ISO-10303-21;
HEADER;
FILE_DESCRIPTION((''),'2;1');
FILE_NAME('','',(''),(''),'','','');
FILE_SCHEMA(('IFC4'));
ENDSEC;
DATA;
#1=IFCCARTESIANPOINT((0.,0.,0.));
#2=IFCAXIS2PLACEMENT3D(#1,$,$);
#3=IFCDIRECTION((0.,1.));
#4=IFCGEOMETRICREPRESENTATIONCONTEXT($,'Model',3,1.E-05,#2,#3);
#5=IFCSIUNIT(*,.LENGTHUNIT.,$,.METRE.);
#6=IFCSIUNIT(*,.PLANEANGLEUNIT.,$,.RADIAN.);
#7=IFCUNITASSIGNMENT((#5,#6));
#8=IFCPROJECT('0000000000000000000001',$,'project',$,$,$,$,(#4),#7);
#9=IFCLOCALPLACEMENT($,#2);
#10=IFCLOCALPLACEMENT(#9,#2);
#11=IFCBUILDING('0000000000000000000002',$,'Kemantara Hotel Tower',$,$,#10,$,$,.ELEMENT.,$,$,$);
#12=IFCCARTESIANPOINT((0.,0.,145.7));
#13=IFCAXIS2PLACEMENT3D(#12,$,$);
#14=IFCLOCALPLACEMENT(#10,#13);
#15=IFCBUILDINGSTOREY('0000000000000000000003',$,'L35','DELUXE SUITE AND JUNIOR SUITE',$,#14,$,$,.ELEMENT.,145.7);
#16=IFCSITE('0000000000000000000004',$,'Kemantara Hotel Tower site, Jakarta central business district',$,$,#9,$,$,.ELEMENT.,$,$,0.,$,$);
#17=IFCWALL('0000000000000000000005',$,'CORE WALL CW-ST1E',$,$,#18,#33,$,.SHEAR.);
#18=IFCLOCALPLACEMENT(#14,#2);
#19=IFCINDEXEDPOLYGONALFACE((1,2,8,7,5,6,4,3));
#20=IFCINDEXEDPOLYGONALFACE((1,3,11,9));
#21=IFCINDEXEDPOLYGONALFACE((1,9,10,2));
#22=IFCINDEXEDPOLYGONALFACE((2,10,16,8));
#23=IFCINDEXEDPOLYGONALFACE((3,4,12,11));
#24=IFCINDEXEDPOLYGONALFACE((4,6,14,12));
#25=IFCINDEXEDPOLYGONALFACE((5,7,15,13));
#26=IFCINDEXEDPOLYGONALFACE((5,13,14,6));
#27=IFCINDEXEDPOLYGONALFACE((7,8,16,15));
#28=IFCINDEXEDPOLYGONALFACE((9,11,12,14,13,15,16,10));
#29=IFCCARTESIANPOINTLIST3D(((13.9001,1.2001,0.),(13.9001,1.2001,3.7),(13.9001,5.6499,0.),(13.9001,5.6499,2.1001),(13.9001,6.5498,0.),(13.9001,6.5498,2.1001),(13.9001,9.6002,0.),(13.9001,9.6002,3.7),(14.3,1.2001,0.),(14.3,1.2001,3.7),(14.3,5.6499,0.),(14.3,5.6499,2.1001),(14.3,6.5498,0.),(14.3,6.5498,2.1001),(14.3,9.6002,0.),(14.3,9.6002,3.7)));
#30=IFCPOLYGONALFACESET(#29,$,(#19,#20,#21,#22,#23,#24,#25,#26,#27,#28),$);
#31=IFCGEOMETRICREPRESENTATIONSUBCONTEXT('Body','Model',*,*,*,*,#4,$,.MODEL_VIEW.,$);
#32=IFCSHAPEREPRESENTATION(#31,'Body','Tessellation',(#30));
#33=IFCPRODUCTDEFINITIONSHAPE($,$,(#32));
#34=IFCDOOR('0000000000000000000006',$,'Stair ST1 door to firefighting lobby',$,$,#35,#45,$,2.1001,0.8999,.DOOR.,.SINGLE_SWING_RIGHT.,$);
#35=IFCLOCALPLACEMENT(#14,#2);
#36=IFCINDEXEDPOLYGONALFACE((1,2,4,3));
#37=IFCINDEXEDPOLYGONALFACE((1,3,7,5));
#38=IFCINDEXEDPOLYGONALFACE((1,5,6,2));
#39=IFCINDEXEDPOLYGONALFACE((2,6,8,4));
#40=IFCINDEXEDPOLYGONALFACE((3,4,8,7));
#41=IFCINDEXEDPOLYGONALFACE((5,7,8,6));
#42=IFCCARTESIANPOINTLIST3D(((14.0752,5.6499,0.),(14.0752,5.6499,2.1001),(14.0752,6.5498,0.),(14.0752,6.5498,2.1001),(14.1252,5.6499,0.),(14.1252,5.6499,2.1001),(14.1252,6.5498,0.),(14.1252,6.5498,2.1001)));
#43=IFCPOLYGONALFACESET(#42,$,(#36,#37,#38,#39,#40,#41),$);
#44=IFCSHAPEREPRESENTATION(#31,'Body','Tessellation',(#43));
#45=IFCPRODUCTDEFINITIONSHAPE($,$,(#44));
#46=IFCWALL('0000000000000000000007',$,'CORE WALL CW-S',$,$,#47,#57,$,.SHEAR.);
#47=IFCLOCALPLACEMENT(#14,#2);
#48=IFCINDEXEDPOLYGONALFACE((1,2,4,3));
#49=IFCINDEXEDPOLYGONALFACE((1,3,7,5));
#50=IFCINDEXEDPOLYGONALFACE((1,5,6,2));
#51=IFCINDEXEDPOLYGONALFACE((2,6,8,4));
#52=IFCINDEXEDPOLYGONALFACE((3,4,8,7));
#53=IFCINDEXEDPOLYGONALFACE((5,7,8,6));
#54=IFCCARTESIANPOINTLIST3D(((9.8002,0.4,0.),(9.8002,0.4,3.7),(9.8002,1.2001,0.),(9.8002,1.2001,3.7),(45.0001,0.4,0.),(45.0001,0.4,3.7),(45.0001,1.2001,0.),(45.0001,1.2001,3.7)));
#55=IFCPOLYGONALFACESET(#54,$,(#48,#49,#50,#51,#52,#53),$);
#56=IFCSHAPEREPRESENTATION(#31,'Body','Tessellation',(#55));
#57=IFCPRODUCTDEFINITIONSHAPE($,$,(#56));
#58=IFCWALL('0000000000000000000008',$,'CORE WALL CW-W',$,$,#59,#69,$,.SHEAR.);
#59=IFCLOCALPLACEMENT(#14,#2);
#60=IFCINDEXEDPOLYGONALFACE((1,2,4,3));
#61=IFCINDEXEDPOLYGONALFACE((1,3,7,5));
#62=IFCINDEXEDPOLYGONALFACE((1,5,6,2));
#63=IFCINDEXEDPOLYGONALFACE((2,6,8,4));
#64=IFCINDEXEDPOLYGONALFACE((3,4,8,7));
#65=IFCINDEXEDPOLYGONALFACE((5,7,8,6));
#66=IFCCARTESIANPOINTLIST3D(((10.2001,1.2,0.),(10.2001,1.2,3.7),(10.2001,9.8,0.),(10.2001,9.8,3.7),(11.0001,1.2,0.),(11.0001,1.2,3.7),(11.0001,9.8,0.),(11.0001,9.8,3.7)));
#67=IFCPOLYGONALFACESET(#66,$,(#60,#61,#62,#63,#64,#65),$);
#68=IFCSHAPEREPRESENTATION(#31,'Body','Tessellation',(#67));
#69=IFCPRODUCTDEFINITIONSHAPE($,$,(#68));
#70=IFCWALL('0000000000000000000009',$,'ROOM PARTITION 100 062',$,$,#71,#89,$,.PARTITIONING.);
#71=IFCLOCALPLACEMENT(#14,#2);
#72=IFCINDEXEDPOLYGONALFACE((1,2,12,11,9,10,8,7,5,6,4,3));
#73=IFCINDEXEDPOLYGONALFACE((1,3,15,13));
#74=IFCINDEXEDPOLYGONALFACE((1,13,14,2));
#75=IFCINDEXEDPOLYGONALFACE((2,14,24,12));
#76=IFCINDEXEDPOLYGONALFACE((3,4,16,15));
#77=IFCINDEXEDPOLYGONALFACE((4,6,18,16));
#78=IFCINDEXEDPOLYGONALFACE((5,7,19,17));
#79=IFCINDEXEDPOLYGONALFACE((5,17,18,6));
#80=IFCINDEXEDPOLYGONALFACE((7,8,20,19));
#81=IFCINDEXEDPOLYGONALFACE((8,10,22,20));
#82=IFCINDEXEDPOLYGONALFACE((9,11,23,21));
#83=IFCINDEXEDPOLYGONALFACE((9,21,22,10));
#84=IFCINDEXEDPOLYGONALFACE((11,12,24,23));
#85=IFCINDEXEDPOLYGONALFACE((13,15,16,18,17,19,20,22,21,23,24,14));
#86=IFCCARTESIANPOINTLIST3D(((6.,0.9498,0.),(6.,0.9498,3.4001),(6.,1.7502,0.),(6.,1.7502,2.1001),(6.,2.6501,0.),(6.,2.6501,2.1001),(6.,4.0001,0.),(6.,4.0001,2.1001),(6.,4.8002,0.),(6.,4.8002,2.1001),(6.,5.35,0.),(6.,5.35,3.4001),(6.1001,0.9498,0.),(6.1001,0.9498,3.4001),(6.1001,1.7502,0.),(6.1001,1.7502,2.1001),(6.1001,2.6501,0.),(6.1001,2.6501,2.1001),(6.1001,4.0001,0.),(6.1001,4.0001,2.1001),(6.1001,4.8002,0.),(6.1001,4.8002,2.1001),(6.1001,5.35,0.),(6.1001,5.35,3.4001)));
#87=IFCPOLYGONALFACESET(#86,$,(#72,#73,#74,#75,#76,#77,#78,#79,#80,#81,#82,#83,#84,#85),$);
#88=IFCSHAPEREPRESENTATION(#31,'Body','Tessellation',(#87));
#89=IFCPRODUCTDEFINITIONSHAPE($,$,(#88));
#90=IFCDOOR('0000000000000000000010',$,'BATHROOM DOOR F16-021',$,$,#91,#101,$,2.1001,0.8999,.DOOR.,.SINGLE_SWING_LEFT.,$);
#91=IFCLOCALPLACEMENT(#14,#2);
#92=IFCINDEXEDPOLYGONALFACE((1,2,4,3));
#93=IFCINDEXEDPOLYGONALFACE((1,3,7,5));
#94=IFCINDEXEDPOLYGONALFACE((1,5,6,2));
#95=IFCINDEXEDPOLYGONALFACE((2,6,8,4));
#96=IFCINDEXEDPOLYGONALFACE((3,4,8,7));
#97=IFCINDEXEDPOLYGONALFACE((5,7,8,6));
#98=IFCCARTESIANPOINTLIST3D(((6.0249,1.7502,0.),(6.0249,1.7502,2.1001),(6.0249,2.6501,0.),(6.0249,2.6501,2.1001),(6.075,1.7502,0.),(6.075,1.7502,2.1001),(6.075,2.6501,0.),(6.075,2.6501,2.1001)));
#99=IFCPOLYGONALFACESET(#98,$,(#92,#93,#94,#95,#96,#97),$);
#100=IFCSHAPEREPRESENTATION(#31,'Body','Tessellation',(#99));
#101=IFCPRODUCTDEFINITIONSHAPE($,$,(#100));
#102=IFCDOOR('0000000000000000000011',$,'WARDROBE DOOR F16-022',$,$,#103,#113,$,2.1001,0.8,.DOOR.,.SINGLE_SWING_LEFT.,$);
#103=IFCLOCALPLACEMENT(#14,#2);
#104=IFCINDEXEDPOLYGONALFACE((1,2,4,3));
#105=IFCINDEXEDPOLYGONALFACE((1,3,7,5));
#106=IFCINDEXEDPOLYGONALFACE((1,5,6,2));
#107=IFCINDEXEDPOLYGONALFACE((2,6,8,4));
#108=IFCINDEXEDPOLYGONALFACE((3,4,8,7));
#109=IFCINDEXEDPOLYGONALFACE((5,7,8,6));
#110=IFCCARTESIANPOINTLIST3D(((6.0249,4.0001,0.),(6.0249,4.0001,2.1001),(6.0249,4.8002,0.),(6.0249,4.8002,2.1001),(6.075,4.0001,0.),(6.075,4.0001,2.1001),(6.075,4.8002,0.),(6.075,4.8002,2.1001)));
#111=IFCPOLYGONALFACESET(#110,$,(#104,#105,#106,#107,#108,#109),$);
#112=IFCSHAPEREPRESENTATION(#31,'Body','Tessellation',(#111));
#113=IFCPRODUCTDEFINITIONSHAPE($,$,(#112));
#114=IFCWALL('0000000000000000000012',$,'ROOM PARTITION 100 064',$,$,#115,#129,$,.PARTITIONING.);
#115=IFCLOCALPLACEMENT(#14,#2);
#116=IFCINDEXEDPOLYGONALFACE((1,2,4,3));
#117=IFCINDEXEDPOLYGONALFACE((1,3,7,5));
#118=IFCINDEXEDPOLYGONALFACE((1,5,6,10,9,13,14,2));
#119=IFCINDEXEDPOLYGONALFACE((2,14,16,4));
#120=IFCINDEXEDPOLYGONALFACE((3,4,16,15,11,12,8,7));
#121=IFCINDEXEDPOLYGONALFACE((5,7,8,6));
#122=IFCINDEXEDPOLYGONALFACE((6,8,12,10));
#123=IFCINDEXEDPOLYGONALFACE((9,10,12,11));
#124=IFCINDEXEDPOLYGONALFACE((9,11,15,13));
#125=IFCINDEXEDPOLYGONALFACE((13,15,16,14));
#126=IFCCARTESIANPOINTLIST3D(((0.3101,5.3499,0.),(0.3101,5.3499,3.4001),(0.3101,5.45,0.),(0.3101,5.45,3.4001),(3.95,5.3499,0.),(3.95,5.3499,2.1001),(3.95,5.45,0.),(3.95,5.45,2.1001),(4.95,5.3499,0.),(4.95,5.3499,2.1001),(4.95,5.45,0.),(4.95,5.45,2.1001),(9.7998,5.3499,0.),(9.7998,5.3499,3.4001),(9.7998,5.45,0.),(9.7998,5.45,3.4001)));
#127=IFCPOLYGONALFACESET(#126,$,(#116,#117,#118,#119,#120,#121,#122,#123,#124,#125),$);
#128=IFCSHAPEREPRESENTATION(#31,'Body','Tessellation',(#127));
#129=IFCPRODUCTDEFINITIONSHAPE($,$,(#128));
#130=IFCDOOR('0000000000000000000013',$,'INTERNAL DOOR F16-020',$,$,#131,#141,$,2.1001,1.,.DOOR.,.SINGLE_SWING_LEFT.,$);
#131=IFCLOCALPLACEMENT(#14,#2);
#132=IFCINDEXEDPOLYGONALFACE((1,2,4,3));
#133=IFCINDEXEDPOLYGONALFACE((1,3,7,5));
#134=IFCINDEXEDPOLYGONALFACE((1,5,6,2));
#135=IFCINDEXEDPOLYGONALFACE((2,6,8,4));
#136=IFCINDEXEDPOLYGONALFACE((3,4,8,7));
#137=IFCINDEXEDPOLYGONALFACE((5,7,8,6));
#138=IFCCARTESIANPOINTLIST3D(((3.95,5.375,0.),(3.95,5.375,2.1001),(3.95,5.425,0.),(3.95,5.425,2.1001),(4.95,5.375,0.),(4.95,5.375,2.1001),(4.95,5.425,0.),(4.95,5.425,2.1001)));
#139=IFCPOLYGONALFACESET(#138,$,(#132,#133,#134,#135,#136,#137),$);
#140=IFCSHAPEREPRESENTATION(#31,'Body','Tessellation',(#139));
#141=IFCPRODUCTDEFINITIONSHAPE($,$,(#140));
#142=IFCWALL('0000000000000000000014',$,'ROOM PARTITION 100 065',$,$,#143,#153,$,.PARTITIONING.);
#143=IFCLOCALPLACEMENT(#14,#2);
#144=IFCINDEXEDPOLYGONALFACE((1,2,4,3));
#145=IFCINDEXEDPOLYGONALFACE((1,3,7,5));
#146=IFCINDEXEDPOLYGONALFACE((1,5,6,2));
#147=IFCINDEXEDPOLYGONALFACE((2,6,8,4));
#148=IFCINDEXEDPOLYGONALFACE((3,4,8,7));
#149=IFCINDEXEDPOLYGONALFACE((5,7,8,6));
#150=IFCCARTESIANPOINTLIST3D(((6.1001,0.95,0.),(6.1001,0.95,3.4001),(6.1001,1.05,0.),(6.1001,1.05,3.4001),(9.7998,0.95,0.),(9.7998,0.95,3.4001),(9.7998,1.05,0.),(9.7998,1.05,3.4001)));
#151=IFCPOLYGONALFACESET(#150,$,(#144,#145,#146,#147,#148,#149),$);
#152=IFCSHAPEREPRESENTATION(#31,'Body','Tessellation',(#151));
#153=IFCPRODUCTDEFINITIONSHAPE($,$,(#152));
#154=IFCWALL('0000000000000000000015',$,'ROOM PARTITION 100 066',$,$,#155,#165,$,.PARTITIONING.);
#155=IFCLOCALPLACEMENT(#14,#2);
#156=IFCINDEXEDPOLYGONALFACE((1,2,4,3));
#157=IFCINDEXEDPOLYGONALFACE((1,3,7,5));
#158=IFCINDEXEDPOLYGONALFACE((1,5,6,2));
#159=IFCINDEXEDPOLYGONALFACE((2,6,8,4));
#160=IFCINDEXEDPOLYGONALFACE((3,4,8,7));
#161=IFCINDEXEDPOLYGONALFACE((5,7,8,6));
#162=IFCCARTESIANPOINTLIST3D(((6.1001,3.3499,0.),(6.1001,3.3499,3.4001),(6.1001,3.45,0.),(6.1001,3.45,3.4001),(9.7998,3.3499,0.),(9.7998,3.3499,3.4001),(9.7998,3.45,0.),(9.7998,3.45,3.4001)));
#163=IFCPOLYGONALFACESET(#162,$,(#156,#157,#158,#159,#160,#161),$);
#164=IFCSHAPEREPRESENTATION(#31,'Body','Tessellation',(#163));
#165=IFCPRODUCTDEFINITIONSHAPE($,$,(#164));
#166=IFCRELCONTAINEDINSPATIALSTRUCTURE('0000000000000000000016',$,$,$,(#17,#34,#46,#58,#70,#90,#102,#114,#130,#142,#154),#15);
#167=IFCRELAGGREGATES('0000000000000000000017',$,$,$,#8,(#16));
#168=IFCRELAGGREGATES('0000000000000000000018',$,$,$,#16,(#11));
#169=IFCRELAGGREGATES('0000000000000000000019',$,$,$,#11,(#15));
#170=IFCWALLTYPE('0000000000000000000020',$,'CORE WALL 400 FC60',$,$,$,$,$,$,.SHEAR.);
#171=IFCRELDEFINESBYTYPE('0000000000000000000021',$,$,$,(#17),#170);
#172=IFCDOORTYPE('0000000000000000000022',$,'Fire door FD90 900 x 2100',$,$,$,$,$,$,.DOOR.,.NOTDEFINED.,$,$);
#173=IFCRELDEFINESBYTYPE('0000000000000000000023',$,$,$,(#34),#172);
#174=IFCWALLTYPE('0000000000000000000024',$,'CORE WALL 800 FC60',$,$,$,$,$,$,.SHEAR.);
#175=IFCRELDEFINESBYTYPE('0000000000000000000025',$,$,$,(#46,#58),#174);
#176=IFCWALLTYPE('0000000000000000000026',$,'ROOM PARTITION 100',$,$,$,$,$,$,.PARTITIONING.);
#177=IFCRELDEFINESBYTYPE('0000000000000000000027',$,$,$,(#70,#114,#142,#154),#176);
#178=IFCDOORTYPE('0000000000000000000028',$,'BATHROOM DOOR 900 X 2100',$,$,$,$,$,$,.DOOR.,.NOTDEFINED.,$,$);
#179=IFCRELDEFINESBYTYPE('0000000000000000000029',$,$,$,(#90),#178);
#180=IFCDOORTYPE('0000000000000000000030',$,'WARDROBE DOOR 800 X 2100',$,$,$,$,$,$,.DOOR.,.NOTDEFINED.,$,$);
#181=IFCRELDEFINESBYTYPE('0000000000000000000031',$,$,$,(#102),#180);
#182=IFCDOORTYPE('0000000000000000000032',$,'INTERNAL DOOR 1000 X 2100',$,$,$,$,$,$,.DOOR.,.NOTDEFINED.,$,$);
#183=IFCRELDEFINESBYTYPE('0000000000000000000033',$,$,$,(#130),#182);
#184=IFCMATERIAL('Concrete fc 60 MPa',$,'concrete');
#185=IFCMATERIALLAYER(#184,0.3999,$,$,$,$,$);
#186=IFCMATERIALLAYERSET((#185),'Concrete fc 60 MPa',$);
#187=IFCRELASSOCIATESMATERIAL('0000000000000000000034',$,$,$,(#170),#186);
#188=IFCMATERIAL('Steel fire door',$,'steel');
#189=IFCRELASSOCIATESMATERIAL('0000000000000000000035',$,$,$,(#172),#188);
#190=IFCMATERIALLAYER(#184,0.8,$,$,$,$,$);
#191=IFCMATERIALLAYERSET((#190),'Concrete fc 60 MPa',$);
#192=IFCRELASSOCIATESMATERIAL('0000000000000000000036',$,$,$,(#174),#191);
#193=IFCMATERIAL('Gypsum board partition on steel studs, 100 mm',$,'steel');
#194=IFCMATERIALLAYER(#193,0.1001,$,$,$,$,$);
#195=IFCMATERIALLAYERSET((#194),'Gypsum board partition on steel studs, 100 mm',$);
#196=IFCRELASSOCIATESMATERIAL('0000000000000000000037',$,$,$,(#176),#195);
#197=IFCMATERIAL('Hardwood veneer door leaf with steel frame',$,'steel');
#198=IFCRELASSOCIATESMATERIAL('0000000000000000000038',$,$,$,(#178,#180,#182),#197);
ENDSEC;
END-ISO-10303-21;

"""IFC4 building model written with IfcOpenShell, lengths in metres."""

from ifc_helpers import new_model, si_unit, direction, frame, frame_2d, origin, place, context, subcontext, project, spatial, rectangle, extrude, material, layer, layer_set, type_object, element, fill, save


model = new_model("IFC4")

# Units and contexts
model_context = context("Model", 3, precision=1e-05, world=origin(), true_north=direction((0.0, 1.0)))
body_context = subcontext(model_context, "Body", "Model", "MODEL_VIEW")
ifc_project = project(units=[si_unit("LENGTHUNIT", "METRE"), si_unit("PLANEANGLEUNIT", "RADIAN")], contexts=[model_context])

# Site, building, storey
site_placement = place(None, origin())
site = spatial("IfcSite", under=ifc_project, at=site_placement, Name="Kemantara Hotel Tower site, Jakarta central business district", CompositionType="ELEMENT", RefElevation=0.0)
building_placement = place(site_placement, origin())
building = spatial("IfcBuilding", under=site, at=building_placement, Name="Kemantara Hotel Tower", CompositionType="ELEMENT")
storey_placement = place(building_placement, frame((0.0, 0.0, 145.7)))
storey = spatial("IfcBuildingStorey", under=building, at=storey_placement, Name="L35", Description="DELUXE SUITE AND JUNIOR SUITE", CompositionType="ELEMENT", Elevation=145.7)

# Shared definitions
ifc_material_1 = material(Name="Concrete fc 60 MPa", Category="concrete")
ifc_layer_1 = layer(ifc_material_1, 0.3999)
ifc_layer_set_1 = layer_set([ifc_layer_1], Name="Concrete fc 60 MPa")
wall_type_1 = type_object("IfcWallType", Name="CORE WALL 400 FC60", PredefinedType="SHEAR", material=ifc_layer_set_1)
ifc_material_2 = material(Name="Steel fire door", Category="steel")

# Wall, opening, door
wall_1_placement = place(storey_placement, frame((14.1001, 1.2, 0.0), z_axis=(0.0, 0.0, 1.0), x_axis=(0.0, 1.0, 0.0)))
wall_1 = element("IfcWall", 1, at=wall_1_placement, inside=storey, type_object=wall_type_1, Name="CORE WALL CW-ST1E", PredefinedType="SHEAR", context=body_context, shape_type="SweptSolid", body=[
    extrude(rectangle(XDim=8.4001, YDim=0.3999, at=frame_2d((4.2002, 0.0))), origin(), (0.0, 0.0, 1.0), 3.7),
])
opening_1_placement = place(wall_1_placement, frame((4.45, 0.0, 0.0)))
opening_1 = element("IfcOpeningElement", 2, at=opening_1_placement, cuts=wall_1, PredefinedType="OPENING", context=body_context, shape_type="SweptSolid", body=[
    extrude(rectangle(XDim=0.8999, YDim=2.1001, at=frame_2d((0.45, 1.05))), frame((0.0, 0.21, 0.0), z_axis=(0.0, -1.0, 0.0), x_axis=(1.0, 0.0, 0.0)), (0.0, 0.0, 1.0), 0.4199),
])
door_type_1 = type_object("IfcDoorType", Name="Fire door FD90 900 x 2100", OperationType="NOTDEFINED", PredefinedType="DOOR", material=ifc_material_2)
door_1_placement = place(opening_1_placement, origin())
door_1 = element("IfcDoor", 3, at=door_1_placement, inside=storey, type_object=door_type_1, Name="Stair ST1 door to firefighting lobby", OperationType="SINGLE_SWING_RIGHT", OverallHeight=2.1001, OverallWidth=0.8999, PredefinedType="DOOR", context=body_context, shape_type="SweptSolid", body=[
    extrude(rectangle(XDim=0.8999, YDim=2.1001, at=frame_2d((0.45, 1.05))), frame((0.0, 0.0249, 0.0), z_axis=(0.0, -1.0, 0.0), x_axis=(1.0, 0.0, 0.0)), (0.0, 0.0, 1.0), 0.05),
])
fill(opening_1, door_1)

# Walls
ifc_layer_2 = layer(ifc_material_1, 0.8)
ifc_layer_set_2 = layer_set([ifc_layer_2], Name="Concrete fc 60 MPa")
wall_type_2 = type_object("IfcWallType", Name="CORE WALL 800 FC60", PredefinedType="SHEAR", material=ifc_layer_set_2)
wall_2_placement = place(storey_placement, frame((9.8, 0.8, 0.0), z_axis=(0.0, 0.0, 1.0), x_axis=(1.0, 0.0, 0.0)))
element("IfcWall", 4, at=wall_2_placement, inside=storey, type_object=wall_type_2, Name="CORE WALL CW-S", PredefinedType="SHEAR", context=body_context, shape_type="SweptSolid", body=[
    extrude(rectangle(XDim=35.2, YDim=0.8, at=frame_2d((17.6001, 0.0))), origin(), (0.0, 0.0, 1.0), 3.7),
])
wall_3_placement = place(storey_placement, frame((10.6001, 1.2, 0.0), z_axis=(0.0, 0.0, 1.0), x_axis=(0.0, 1.0, 0.0)))
element("IfcWall", 5, at=wall_3_placement, inside=storey, type_object=wall_type_2, Name="CORE WALL CW-W", PredefinedType="SHEAR", context=body_context, shape_type="SweptSolid", body=[
    extrude(rectangle(XDim=8.6001, YDim=0.8, at=frame_2d((4.3, 0.0))), origin(), (0.0, 0.0, 1.0), 3.7),
])

# Wall, openings, doors
ifc_material_3 = material(Name="Gypsum board partition on steel studs, 100 mm", Category="steel")
ifc_layer_3 = layer(ifc_material_3, 0.1001)
ifc_layer_set_3 = layer_set([ifc_layer_3], Name="Gypsum board partition on steel studs, 100 mm")
wall_type_3 = type_object("IfcWallType", Name="ROOM PARTITION 100", PredefinedType="PARTITIONING", material=ifc_layer_set_3)
wall_4_placement = place(storey_placement, frame((6.05, 5.3501, 0.0), z_axis=(0.0, 0.0, 1.0), x_axis=(0.0, -1.0, 0.0)))
wall_4 = element("IfcWall", 6, at=wall_4_placement, inside=storey, type_object=wall_type_3, Name="ROOM PARTITION 100 062", PredefinedType="PARTITIONING", context=body_context, shape_type="SweptSolid", body=[
    extrude(rectangle(XDim=4.4001, YDim=0.1001, at=frame_2d((2.2002, 0.0))), origin(), (0.0, 0.0, 1.0), 3.4001),
])
opening_2_placement = place(wall_4_placement, frame((2.7, 0.0, 0.0)))
opening_2 = element("IfcOpeningElement", 7, at=opening_2_placement, cuts=wall_4, PredefinedType="OPENING", context=body_context, shape_type="SweptSolid", body=[
    extrude(rectangle(XDim=0.8999, YDim=2.1001, at=frame_2d((0.45, 1.05))), frame((0.0, 0.0601, 0.0), z_axis=(0.0, -1.0, 0.0), x_axis=(1.0, 0.0, 0.0)), (0.0, 0.0, 1.0), 0.1201),
])
opening_3_placement = place(wall_4_placement, frame((0.55, 0.0, 0.0)))
opening_3 = element("IfcOpeningElement", 8, at=opening_3_placement, cuts=wall_4, PredefinedType="OPENING", context=body_context, shape_type="SweptSolid", body=[
    extrude(rectangle(XDim=0.8, YDim=2.1001, at=frame_2d((0.3999, 1.05))), frame((0.0, 0.0601, 0.0), z_axis=(0.0, -1.0, 0.0), x_axis=(1.0, 0.0, 0.0)), (0.0, 0.0, 1.0), 0.1201),
])
ifc_material_4 = material(Name="Hardwood veneer door leaf with steel frame", Category="steel")
door_type_2 = type_object("IfcDoorType", Name="BATHROOM DOOR 900 X 2100", OperationType="NOTDEFINED", PredefinedType="DOOR", material=ifc_material_4)
door_2_placement = place(opening_2_placement, origin())
door_2 = element("IfcDoor", 9, at=door_2_placement, inside=storey, type_object=door_type_2, Name="BATHROOM DOOR F16-021", OperationType="SINGLE_SWING_LEFT", OverallHeight=2.1001, OverallWidth=0.8999, PredefinedType="DOOR", context=body_context, shape_type="SweptSolid", body=[
    extrude(rectangle(XDim=0.8999, YDim=2.1001, at=frame_2d((0.45, 1.05))), frame((0.0, 0.0249, 0.0), z_axis=(0.0, -1.0, 0.0), x_axis=(1.0, 0.0, 0.0)), (0.0, 0.0, 1.0), 0.05),
])
fill(opening_2, door_2)
door_type_3 = type_object("IfcDoorType", Name="WARDROBE DOOR 800 X 2100", OperationType="NOTDEFINED", PredefinedType="DOOR", material=ifc_material_4)
door_3_placement = place(opening_3_placement, origin())
door_3 = element("IfcDoor", 10, at=door_3_placement, inside=storey, type_object=door_type_3, Name="WARDROBE DOOR F16-022", OperationType="SINGLE_SWING_LEFT", OverallHeight=2.1001, OverallWidth=0.8, PredefinedType="DOOR", context=body_context, shape_type="SweptSolid", body=[
    extrude(rectangle(XDim=0.8, YDim=2.1001, at=frame_2d((0.3999, 1.05))), frame((0.0, 0.0249, 0.0), z_axis=(0.0, -1.0, 0.0), x_axis=(1.0, 0.0, 0.0)), (0.0, 0.0, 1.0), 0.05),
])
fill(opening_3, door_3)

# Wall, opening, door
wall_5_placement = place(storey_placement, frame((9.7998, 5.3999, 0.0), z_axis=(0.0, 0.0, 1.0), x_axis=(-1.0, 0.0, 0.0)))
wall_5 = element("IfcWall", 11, at=wall_5_placement, inside=storey, type_object=wall_type_3, Name="ROOM PARTITION 100 064", PredefinedType="PARTITIONING", context=body_context, shape_type="SweptSolid", body=[
    extrude(rectangle(XDim=9.4897, YDim=0.1001, at=frame_2d((4.7449, 0.0))), origin(), (0.0, 0.0, 1.0), 3.4001),
])
opening_4_placement = place(wall_5_placement, frame((4.8499, 0.0, 0.0)))
opening_4 = element("IfcOpeningElement", 12, at=opening_4_placement, cuts=wall_5, PredefinedType="OPENING", context=body_context, shape_type="SweptSolid", body=[
    extrude(rectangle(XDim=1.0, YDim=2.1001, at=frame_2d((0.5, 1.05))), frame((0.0, 0.0601, 0.0), z_axis=(0.0, -1.0, 0.0), x_axis=(1.0, 0.0, 0.0)), (0.0, 0.0, 1.0), 0.1201),
])
door_type_4 = type_object("IfcDoorType", Name="INTERNAL DOOR 1000 X 2100", OperationType="NOTDEFINED", PredefinedType="DOOR", material=ifc_material_4)
door_4_placement = place(opening_4_placement, origin())
door_4 = element("IfcDoor", 13, at=door_4_placement, inside=storey, type_object=door_type_4, Name="INTERNAL DOOR F16-020", OperationType="SINGLE_SWING_LEFT", OverallHeight=2.1001, OverallWidth=1.0, PredefinedType="DOOR", context=body_context, shape_type="SweptSolid", body=[
    extrude(rectangle(XDim=1.0, YDim=2.1001, at=frame_2d((0.5, 1.05))), frame((0.0, 0.0249, 0.0), z_axis=(0.0, -1.0, 0.0), x_axis=(1.0, 0.0, 0.0)), (0.0, 0.0, 1.0), 0.05),
])
fill(opening_4, door_4)

# Walls
for number, where, z_axis, x_axis, name in (
    (14, (6.1001, 1.0, 0.0), (0.0, 0.0, 1.0), (1.0, 0.0, 0.0), "ROOM PARTITION 100 065"),
    (15, (6.1001, 3.3999, 0.0), (0.0, 0.0, 1.0), (1.0, 0.0, 0.0), "ROOM PARTITION 100 066"),
):
    element("IfcWall", number, at=place(storey_placement, frame(where, z_axis=z_axis, x_axis=x_axis)), inside=storey, type_object=wall_type_3, Name=name, PredefinedType="PARTITIONING", context=body_context, shape_type="SweptSolid", body=[
        extrude(rectangle(XDim=3.6997, YDim=0.1001, at=frame_2d((1.8499, 0.0))), origin(), (0.0, 0.0, 1.0), 3.4001),
    ])

save(model, "model.ifc")
